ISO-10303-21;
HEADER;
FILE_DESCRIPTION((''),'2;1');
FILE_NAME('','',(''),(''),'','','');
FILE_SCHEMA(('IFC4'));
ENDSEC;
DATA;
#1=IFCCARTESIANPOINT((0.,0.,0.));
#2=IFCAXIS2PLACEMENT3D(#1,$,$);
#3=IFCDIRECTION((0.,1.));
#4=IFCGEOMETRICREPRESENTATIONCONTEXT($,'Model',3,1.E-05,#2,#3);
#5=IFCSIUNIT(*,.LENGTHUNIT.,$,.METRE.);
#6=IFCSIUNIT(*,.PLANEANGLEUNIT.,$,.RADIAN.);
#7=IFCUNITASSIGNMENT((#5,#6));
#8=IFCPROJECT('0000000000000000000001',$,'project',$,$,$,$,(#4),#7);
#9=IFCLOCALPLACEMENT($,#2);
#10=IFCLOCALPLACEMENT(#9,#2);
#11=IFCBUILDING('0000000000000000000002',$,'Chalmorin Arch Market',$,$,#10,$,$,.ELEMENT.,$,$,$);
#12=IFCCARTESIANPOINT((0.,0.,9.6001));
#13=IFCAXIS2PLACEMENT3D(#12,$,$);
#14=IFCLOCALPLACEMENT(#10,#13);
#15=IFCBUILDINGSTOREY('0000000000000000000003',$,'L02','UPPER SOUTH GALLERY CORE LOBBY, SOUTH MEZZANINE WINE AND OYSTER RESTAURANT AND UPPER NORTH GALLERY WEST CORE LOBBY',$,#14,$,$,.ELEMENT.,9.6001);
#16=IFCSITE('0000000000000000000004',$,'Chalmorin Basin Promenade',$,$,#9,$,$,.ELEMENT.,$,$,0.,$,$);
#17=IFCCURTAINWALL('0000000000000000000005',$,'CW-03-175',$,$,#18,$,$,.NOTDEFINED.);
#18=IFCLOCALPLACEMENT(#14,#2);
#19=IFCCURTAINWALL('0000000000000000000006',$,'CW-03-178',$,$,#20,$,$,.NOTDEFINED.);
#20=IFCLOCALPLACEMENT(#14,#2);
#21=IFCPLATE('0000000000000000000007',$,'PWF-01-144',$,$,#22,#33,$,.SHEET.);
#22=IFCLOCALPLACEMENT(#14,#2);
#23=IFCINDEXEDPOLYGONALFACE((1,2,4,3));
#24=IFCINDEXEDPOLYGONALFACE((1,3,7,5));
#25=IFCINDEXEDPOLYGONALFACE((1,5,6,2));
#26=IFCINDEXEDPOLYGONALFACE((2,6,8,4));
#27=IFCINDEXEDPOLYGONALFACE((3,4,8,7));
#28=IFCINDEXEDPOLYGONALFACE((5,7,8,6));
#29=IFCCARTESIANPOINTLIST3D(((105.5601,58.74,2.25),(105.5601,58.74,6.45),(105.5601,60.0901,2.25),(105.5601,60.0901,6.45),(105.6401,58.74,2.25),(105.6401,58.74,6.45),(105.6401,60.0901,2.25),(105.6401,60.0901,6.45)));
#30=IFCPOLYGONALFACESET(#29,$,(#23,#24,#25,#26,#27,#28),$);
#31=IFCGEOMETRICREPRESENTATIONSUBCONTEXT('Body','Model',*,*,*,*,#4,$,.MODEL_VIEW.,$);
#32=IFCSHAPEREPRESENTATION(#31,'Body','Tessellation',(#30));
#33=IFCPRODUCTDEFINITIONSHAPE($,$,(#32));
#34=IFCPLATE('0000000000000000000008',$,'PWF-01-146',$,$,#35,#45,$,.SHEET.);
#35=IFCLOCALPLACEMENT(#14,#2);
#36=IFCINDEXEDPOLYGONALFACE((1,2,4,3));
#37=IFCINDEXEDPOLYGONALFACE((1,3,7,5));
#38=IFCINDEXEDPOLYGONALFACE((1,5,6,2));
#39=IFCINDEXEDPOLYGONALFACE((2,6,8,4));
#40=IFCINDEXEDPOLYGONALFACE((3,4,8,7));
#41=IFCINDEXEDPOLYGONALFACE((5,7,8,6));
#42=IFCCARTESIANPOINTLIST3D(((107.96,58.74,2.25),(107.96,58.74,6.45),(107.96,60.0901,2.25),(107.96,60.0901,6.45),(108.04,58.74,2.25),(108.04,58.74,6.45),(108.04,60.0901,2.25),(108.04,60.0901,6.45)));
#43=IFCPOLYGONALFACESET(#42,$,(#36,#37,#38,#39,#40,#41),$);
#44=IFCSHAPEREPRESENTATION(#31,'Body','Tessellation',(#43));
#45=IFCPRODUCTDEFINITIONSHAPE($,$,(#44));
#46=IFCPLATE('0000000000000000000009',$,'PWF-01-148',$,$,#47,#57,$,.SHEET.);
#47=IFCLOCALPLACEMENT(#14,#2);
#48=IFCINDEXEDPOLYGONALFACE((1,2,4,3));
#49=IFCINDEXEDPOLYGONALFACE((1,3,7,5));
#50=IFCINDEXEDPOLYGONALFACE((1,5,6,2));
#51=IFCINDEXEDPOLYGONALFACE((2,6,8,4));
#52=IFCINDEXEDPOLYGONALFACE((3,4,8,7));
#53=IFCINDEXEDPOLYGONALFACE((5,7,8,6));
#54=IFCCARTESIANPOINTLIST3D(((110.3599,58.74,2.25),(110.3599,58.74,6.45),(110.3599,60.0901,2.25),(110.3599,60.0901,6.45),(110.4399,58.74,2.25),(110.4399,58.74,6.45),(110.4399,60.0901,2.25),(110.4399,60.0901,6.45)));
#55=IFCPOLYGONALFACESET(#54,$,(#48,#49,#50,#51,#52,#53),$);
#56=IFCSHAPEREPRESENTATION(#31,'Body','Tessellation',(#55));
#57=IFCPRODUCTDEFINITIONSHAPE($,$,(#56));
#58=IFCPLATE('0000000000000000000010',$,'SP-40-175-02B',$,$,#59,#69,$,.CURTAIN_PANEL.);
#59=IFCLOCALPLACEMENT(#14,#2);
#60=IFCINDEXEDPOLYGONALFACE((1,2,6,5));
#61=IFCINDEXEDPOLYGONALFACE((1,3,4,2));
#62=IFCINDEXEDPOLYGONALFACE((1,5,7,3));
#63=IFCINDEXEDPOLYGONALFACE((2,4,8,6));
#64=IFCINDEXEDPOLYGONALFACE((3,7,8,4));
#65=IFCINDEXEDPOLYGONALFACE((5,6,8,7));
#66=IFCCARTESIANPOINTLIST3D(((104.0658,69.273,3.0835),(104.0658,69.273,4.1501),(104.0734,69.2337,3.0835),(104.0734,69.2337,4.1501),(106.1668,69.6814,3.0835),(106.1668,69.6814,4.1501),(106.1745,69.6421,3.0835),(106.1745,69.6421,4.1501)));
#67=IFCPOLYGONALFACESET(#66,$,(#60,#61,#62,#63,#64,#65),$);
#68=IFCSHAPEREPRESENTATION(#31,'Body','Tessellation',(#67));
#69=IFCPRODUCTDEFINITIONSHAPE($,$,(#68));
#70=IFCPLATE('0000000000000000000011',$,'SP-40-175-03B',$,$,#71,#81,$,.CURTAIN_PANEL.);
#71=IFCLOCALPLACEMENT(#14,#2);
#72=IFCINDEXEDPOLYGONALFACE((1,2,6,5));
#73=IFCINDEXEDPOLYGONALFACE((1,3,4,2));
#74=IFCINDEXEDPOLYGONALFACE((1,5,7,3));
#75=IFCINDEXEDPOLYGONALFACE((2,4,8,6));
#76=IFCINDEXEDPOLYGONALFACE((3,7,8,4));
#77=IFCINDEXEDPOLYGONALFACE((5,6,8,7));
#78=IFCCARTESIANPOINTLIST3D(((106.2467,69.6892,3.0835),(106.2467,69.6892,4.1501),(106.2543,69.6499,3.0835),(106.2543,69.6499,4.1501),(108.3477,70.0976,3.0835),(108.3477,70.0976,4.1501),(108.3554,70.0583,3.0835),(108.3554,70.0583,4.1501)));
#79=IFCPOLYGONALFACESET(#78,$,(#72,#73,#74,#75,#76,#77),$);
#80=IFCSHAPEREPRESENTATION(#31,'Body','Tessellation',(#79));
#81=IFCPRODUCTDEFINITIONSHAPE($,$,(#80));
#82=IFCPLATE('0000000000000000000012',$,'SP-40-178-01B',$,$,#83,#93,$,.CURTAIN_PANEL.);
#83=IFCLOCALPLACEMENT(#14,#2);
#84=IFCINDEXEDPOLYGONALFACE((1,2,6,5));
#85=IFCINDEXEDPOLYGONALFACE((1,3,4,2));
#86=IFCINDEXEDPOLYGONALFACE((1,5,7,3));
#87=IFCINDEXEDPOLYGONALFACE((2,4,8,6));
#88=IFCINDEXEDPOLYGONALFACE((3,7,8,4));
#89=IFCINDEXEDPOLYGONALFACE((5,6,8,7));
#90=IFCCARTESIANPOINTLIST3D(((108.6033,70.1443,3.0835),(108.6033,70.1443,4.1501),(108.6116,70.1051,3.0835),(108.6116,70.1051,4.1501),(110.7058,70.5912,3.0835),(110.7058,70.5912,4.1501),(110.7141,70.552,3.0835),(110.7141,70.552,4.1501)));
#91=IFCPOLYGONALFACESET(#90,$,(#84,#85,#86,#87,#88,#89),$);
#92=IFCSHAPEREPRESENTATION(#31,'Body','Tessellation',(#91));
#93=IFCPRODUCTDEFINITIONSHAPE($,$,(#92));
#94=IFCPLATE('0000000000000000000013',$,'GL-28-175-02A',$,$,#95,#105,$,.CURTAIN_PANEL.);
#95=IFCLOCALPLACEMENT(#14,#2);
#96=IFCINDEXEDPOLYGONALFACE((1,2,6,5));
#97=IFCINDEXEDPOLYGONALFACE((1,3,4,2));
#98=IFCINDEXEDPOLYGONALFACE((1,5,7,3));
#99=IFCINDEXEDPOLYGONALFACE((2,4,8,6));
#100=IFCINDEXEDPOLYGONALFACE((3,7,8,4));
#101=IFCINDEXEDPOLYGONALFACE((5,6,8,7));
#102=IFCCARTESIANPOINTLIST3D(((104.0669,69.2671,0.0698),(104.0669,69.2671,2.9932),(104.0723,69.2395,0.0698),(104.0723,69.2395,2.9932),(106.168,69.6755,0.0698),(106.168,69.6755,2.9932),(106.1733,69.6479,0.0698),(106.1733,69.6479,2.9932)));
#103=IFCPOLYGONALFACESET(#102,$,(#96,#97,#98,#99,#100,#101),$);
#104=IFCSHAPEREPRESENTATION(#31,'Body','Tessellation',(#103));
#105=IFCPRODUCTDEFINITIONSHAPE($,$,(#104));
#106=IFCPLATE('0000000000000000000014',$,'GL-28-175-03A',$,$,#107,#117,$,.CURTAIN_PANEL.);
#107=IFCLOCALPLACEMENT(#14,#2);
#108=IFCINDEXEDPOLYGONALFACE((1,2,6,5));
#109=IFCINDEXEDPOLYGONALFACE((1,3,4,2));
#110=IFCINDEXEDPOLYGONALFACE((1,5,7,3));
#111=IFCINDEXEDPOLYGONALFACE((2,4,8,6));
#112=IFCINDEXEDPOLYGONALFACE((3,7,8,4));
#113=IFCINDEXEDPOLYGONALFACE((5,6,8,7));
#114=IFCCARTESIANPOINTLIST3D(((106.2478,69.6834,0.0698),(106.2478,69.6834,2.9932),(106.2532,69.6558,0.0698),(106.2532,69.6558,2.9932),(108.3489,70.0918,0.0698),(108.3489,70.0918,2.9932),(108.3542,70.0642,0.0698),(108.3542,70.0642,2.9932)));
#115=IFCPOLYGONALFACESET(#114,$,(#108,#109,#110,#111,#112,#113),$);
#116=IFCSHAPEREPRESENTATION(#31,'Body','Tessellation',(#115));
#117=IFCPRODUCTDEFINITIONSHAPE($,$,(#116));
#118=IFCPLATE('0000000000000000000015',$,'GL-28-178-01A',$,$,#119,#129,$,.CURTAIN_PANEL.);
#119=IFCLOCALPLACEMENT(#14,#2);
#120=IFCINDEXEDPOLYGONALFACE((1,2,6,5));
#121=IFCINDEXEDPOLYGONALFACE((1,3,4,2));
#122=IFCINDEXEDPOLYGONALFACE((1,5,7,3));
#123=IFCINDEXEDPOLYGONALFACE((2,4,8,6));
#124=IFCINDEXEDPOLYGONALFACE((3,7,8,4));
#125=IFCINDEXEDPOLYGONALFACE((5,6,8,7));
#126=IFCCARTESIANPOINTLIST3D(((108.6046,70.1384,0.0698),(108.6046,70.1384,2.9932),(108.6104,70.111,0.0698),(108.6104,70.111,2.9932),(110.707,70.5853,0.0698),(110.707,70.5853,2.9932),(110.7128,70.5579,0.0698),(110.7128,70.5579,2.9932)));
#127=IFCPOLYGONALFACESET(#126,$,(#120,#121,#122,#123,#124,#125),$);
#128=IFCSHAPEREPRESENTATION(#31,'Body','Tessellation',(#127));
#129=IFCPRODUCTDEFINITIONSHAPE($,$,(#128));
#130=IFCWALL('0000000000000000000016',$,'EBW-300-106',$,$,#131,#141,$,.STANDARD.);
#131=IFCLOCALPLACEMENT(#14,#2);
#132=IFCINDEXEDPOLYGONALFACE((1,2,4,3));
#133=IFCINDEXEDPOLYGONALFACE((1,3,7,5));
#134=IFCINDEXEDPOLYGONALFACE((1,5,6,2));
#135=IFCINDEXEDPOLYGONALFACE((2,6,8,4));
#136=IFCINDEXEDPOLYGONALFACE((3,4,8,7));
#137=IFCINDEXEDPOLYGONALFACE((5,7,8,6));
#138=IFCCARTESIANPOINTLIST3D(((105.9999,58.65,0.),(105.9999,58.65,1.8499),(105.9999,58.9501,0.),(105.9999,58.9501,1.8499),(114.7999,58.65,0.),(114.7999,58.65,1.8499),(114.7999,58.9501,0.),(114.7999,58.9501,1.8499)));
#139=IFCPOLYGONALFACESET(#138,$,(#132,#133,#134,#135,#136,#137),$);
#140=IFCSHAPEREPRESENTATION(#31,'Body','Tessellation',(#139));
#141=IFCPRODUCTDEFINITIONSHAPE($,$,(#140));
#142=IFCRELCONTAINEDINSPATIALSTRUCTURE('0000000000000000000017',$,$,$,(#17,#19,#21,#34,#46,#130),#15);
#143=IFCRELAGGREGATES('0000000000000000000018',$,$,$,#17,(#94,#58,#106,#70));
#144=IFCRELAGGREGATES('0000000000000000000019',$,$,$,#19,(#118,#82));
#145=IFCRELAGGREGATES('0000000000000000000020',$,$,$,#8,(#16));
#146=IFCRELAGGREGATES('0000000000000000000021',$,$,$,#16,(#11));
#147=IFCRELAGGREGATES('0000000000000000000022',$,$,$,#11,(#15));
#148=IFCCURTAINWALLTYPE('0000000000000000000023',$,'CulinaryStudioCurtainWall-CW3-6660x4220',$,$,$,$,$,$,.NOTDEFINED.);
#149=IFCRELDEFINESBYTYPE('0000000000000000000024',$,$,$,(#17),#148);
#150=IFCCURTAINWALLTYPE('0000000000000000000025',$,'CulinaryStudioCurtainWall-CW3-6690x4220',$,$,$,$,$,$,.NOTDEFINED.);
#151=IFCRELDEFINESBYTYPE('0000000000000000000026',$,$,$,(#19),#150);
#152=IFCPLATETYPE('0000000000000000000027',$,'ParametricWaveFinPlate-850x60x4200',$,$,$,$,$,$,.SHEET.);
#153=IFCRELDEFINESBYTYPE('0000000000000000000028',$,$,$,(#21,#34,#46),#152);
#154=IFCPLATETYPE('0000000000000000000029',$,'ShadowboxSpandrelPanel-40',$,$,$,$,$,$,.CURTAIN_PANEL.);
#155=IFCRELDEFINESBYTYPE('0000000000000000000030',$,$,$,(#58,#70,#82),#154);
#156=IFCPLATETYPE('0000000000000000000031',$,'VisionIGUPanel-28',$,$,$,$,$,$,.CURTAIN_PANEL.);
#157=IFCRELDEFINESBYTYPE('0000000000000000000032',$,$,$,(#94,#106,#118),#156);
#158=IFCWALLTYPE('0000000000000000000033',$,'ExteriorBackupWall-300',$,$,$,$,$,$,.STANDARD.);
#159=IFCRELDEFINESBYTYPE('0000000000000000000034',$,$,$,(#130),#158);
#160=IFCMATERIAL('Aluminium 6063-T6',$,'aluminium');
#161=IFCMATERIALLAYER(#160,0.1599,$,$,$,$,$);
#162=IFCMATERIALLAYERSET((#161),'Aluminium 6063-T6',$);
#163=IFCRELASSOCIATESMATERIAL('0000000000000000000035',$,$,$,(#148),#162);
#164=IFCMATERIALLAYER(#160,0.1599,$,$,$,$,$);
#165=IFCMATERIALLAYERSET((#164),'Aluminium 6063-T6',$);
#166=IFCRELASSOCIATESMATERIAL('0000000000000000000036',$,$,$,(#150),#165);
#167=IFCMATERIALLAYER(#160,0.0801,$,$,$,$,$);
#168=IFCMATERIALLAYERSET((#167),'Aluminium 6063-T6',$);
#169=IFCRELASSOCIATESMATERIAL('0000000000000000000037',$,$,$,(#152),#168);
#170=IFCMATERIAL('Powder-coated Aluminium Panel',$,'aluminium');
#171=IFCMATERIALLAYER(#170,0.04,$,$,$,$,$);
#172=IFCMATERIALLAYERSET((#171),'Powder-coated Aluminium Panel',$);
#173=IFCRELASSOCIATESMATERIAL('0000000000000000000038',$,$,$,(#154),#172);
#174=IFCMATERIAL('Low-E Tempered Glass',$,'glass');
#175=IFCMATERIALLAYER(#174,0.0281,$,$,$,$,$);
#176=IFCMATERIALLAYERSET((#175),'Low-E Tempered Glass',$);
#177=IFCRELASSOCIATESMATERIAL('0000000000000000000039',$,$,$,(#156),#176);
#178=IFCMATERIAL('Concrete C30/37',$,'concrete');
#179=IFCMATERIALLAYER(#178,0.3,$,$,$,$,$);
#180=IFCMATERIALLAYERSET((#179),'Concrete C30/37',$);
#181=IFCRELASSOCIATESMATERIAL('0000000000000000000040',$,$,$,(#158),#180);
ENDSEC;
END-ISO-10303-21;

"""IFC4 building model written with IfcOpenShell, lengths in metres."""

from ifc_helpers import new_model, si_unit, direction, frame, frame_2d, origin, origin_2d, place, context, subcontext, project, spatial, rectangle, extrude, material, layer, layer_set, type_object, element, aggregate, save


model = new_model("IFC4")

# Units and contexts
model_context = context("Model", 3, precision=1e-05, world=origin(), true_north=direction((0.0, 1.0)))
body_context = subcontext(model_context, "Body", "Model", "MODEL_VIEW")
ifc_project = project(units=[si_unit("LENGTHUNIT", "METRE"), si_unit("PLANEANGLEUNIT", "RADIAN")], contexts=[model_context])

# Site, building, storey
site_placement = place(None, origin())
site = spatial("IfcSite", under=ifc_project, at=site_placement, Name="Chalmorin Basin Promenade", CompositionType="ELEMENT", RefElevation=0.0)
building_placement = place(site_placement, origin())
building = spatial("IfcBuilding", under=site, at=building_placement, Name="Chalmorin Arch Market", CompositionType="ELEMENT")
storey_placement = place(building_placement, frame((0.0, 0.0, 9.6001)))
storey = spatial("IfcBuildingStorey", under=building, at=storey_placement, Name="L02", Description="UPPER SOUTH GALLERY CORE LOBBY, SOUTH MEZZANINE WINE AND OYSTER RESTAURANT AND UPPER NORTH GALLERY WEST CORE LOBBY", CompositionType="ELEMENT", Elevation=9.6001)

# Curtain walls
ifc_material_1 = material(Name="Aluminium 6063-T6", Category="aluminium")
ifc_layer_1 = layer(ifc_material_1, 0.1599)
ifc_layer_set_1 = layer_set([ifc_layer_1], Name="Aluminium 6063-T6")
curtain_wall_type_1 = type_object("IfcCurtainWallType", Name="CulinaryStudioCurtainWall-CW3-6660x4220", PredefinedType="NOTDEFINED", material=ifc_layer_set_1)
curtain_wall_1_placement = place(storey_placement, origin())
curtain_wall_1 = element("IfcCurtainWall", 1, at=curtain_wall_1_placement, inside=storey, type_object=curtain_wall_type_1, Name="CW-03-175", PredefinedType="NOTDEFINED")
ifc_layer_2 = layer(ifc_material_1, 0.1599)
ifc_layer_set_2 = layer_set([ifc_layer_2], Name="Aluminium 6063-T6")
curtain_wall_type_2 = type_object("IfcCurtainWallType", Name="CulinaryStudioCurtainWall-CW3-6690x4220", PredefinedType="NOTDEFINED", material=ifc_layer_set_2)
curtain_wall_2_placement = place(storey_placement, origin())
curtain_wall_2 = element("IfcCurtainWall", 2, at=curtain_wall_2_placement, inside=storey, type_object=curtain_wall_type_2, Name="CW-03-178", PredefinedType="NOTDEFINED")

# Plates
ifc_layer_3 = layer(ifc_material_1, 0.0801)
ifc_layer_set_3 = layer_set([ifc_layer_3], Name="Aluminium 6063-T6")
plate_type_1 = type_object("IfcPlateType", Name="ParametricWaveFinPlate-850x60x4200", PredefinedType="SHEET", material=ifc_layer_set_3)
for number, where, z_axis, x_axis, name in (
    (3, (105.6001, 59.415, 2.25), (0.0, 0.0, 1.0), (0.0, 1.0, 0.0), "PWF-01-144"),
    (4, (108.0, 59.415, 2.25), (0.0, 0.0, 1.0), (0.0, 1.0, 0.0), "PWF-01-146"),
    (5, (110.3999, 59.415, 2.25), (0.0, 0.0, 1.0), (0.0, 1.0, 0.0), "PWF-01-148"),
):
    element("IfcPlate", number, at=place(storey_placement, frame(where, z_axis=z_axis, x_axis=x_axis)), inside=storey, type_object=plate_type_1, Name=name, PredefinedType="SHEET", context=body_context, shape_type="SweptSolid", body=[
        extrude(rectangle(XDim=1.3501, YDim=0.0801, at=origin_2d()), origin(), (0.0, 0.0, 1.0), 4.2),
    ])

# Plates
ifc_material_2 = material(Name="Powder-coated Aluminium Panel", Category="aluminium")
ifc_layer_4 = layer(ifc_material_2, 0.04)
ifc_layer_set_4 = layer_set([ifc_layer_4], Name="Powder-coated Aluminium Panel")
plate_type_2 = type_object("IfcPlateType", Name="ShadowboxSpandrelPanel-40", PredefinedType="CURTAIN_PANEL", material=ifc_layer_set_4)
plate_1_placement = place(storey_placement, frame((105.1201, 69.4575, 3.0835), z_axis=(0.0, 0.0, 1.0), x_axis=(0.981627, 0.190809, 0.0)))
plate_1 = element("IfcPlate", 6, at=plate_1_placement, type_object=plate_type_2, Name="SP-40-175-02B", PredefinedType="CURTAIN_PANEL", context=body_context, shape_type="SweptSolid", body=[
    extrude(rectangle(XDim=2.1404, YDim=0.04, at=origin_2d()), origin(), (0.0, 0.0, 1.0), 1.0667),
])
plate_2_placement = place(storey_placement, frame((107.301, 69.8738, 3.0835), z_axis=(0.0, 0.0, 1.0), x_axis=(0.981627, 0.190809, 0.0)))
plate_2 = element("IfcPlate", 7, at=plate_2_placement, type_object=plate_type_2, Name="SP-40-175-03B", PredefinedType="CURTAIN_PANEL", context=body_context, shape_type="SweptSolid", body=[
    extrude(rectangle(XDim=2.1404, YDim=0.04, at=origin_2d()), origin(), (0.0, 0.0, 1.0), 1.0667),
])
plate_3_placement = place(storey_placement, frame((109.6587, 70.3481, 3.0835), z_axis=(0.0, 0.0, 1.0), x_axis=(0.978148, 0.207912, 0.0)))
plate_3 = element("IfcPlate", 8, at=plate_3_placement, type_object=plate_type_2, Name="SP-40-178-01B", PredefinedType="CURTAIN_PANEL", context=body_context, shape_type="SweptSolid", body=[
    extrude(rectangle(XDim=2.1494, YDim=0.04, at=origin_2d()), origin(), (0.0, 0.0, 1.0), 1.0667),
])
ifc_material_3 = material(Name="Low-E Tempered Glass", Category="glass")
ifc_layer_5 = layer(ifc_material_3, 0.0281)
ifc_layer_set_5 = layer_set([ifc_layer_5], Name="Low-E Tempered Glass")
plate_type_3 = type_object("IfcPlateType", Name="VisionIGUPanel-28", PredefinedType="CURTAIN_PANEL", material=ifc_layer_set_5)
plate_4_placement = place(storey_placement, frame((105.1201, 69.4575, 0.0698), z_axis=(0.0, 0.0, 1.0), x_axis=(0.981627, 0.190809, 0.0)))
plate_4 = element("IfcPlate", 9, at=plate_4_placement, type_object=plate_type_3, Name="GL-28-175-02A", PredefinedType="CURTAIN_PANEL", context=body_context, shape_type="SweptSolid", body=[
    extrude(rectangle(XDim=2.1404, YDim=0.0281, at=origin_2d()), origin(), (0.0, 0.0, 1.0), 2.9233),
])
plate_5_placement = place(storey_placement, frame((107.301, 69.8738, 0.0698), z_axis=(0.0, 0.0, 1.0), x_axis=(0.981627, 0.190809, 0.0)))
plate_5 = element("IfcPlate", 10, at=plate_5_placement, type_object=plate_type_3, Name="GL-28-175-03A", PredefinedType="CURTAIN_PANEL", context=body_context, shape_type="SweptSolid", body=[
    extrude(rectangle(XDim=2.1404, YDim=0.0281, at=origin_2d()), origin(), (0.0, 0.0, 1.0), 2.9233),
])
aggregate(curtain_wall_1, [plate_4, plate_1, plate_5, plate_2])
plate_6_placement = place(storey_placement, frame((109.6587, 70.3481, 0.0698), z_axis=(0.0, 0.0, 1.0), x_axis=(0.978148, 0.207912, 0.0)))
plate_6 = element("IfcPlate", 11, at=plate_6_placement, type_object=plate_type_3, Name="GL-28-178-01A", PredefinedType="CURTAIN_PANEL", context=body_context, shape_type="SweptSolid", body=[
    extrude(rectangle(XDim=2.1494, YDim=0.0281, at=origin_2d()), origin(), (0.0, 0.0, 1.0), 2.9233),
])
aggregate(curtain_wall_2, [plate_6, plate_3])

# Wall
ifc_material_4 = material(Name="Concrete C30/37", Category="concrete")
ifc_layer_6 = layer(ifc_material_4, 0.3)
ifc_layer_set_6 = layer_set([ifc_layer_6], Name="Concrete C30/37")
wall_type = type_object("IfcWallType", Name="ExteriorBackupWall-300", PredefinedType="STANDARD", material=ifc_layer_set_6)
wall_1_placement = place(storey_placement, frame((106.0, 58.8, 0.0), z_axis=(0.0, 0.0, 1.0), x_axis=(1.0, 0.0, 0.0)))
element("IfcWall", 12, at=wall_1_placement, inside=storey, type_object=wall_type, Name="EBW-300-106", PredefinedType="STANDARD", context=body_context, shape_type="SweptSolid", body=[
    extrude(rectangle(XDim=8.8, YDim=0.3, at=frame_2d((4.3999, 0.0))), origin(), (0.0, 0.0, 1.0), 1.8499),
])

save(model, "model.ifc")
